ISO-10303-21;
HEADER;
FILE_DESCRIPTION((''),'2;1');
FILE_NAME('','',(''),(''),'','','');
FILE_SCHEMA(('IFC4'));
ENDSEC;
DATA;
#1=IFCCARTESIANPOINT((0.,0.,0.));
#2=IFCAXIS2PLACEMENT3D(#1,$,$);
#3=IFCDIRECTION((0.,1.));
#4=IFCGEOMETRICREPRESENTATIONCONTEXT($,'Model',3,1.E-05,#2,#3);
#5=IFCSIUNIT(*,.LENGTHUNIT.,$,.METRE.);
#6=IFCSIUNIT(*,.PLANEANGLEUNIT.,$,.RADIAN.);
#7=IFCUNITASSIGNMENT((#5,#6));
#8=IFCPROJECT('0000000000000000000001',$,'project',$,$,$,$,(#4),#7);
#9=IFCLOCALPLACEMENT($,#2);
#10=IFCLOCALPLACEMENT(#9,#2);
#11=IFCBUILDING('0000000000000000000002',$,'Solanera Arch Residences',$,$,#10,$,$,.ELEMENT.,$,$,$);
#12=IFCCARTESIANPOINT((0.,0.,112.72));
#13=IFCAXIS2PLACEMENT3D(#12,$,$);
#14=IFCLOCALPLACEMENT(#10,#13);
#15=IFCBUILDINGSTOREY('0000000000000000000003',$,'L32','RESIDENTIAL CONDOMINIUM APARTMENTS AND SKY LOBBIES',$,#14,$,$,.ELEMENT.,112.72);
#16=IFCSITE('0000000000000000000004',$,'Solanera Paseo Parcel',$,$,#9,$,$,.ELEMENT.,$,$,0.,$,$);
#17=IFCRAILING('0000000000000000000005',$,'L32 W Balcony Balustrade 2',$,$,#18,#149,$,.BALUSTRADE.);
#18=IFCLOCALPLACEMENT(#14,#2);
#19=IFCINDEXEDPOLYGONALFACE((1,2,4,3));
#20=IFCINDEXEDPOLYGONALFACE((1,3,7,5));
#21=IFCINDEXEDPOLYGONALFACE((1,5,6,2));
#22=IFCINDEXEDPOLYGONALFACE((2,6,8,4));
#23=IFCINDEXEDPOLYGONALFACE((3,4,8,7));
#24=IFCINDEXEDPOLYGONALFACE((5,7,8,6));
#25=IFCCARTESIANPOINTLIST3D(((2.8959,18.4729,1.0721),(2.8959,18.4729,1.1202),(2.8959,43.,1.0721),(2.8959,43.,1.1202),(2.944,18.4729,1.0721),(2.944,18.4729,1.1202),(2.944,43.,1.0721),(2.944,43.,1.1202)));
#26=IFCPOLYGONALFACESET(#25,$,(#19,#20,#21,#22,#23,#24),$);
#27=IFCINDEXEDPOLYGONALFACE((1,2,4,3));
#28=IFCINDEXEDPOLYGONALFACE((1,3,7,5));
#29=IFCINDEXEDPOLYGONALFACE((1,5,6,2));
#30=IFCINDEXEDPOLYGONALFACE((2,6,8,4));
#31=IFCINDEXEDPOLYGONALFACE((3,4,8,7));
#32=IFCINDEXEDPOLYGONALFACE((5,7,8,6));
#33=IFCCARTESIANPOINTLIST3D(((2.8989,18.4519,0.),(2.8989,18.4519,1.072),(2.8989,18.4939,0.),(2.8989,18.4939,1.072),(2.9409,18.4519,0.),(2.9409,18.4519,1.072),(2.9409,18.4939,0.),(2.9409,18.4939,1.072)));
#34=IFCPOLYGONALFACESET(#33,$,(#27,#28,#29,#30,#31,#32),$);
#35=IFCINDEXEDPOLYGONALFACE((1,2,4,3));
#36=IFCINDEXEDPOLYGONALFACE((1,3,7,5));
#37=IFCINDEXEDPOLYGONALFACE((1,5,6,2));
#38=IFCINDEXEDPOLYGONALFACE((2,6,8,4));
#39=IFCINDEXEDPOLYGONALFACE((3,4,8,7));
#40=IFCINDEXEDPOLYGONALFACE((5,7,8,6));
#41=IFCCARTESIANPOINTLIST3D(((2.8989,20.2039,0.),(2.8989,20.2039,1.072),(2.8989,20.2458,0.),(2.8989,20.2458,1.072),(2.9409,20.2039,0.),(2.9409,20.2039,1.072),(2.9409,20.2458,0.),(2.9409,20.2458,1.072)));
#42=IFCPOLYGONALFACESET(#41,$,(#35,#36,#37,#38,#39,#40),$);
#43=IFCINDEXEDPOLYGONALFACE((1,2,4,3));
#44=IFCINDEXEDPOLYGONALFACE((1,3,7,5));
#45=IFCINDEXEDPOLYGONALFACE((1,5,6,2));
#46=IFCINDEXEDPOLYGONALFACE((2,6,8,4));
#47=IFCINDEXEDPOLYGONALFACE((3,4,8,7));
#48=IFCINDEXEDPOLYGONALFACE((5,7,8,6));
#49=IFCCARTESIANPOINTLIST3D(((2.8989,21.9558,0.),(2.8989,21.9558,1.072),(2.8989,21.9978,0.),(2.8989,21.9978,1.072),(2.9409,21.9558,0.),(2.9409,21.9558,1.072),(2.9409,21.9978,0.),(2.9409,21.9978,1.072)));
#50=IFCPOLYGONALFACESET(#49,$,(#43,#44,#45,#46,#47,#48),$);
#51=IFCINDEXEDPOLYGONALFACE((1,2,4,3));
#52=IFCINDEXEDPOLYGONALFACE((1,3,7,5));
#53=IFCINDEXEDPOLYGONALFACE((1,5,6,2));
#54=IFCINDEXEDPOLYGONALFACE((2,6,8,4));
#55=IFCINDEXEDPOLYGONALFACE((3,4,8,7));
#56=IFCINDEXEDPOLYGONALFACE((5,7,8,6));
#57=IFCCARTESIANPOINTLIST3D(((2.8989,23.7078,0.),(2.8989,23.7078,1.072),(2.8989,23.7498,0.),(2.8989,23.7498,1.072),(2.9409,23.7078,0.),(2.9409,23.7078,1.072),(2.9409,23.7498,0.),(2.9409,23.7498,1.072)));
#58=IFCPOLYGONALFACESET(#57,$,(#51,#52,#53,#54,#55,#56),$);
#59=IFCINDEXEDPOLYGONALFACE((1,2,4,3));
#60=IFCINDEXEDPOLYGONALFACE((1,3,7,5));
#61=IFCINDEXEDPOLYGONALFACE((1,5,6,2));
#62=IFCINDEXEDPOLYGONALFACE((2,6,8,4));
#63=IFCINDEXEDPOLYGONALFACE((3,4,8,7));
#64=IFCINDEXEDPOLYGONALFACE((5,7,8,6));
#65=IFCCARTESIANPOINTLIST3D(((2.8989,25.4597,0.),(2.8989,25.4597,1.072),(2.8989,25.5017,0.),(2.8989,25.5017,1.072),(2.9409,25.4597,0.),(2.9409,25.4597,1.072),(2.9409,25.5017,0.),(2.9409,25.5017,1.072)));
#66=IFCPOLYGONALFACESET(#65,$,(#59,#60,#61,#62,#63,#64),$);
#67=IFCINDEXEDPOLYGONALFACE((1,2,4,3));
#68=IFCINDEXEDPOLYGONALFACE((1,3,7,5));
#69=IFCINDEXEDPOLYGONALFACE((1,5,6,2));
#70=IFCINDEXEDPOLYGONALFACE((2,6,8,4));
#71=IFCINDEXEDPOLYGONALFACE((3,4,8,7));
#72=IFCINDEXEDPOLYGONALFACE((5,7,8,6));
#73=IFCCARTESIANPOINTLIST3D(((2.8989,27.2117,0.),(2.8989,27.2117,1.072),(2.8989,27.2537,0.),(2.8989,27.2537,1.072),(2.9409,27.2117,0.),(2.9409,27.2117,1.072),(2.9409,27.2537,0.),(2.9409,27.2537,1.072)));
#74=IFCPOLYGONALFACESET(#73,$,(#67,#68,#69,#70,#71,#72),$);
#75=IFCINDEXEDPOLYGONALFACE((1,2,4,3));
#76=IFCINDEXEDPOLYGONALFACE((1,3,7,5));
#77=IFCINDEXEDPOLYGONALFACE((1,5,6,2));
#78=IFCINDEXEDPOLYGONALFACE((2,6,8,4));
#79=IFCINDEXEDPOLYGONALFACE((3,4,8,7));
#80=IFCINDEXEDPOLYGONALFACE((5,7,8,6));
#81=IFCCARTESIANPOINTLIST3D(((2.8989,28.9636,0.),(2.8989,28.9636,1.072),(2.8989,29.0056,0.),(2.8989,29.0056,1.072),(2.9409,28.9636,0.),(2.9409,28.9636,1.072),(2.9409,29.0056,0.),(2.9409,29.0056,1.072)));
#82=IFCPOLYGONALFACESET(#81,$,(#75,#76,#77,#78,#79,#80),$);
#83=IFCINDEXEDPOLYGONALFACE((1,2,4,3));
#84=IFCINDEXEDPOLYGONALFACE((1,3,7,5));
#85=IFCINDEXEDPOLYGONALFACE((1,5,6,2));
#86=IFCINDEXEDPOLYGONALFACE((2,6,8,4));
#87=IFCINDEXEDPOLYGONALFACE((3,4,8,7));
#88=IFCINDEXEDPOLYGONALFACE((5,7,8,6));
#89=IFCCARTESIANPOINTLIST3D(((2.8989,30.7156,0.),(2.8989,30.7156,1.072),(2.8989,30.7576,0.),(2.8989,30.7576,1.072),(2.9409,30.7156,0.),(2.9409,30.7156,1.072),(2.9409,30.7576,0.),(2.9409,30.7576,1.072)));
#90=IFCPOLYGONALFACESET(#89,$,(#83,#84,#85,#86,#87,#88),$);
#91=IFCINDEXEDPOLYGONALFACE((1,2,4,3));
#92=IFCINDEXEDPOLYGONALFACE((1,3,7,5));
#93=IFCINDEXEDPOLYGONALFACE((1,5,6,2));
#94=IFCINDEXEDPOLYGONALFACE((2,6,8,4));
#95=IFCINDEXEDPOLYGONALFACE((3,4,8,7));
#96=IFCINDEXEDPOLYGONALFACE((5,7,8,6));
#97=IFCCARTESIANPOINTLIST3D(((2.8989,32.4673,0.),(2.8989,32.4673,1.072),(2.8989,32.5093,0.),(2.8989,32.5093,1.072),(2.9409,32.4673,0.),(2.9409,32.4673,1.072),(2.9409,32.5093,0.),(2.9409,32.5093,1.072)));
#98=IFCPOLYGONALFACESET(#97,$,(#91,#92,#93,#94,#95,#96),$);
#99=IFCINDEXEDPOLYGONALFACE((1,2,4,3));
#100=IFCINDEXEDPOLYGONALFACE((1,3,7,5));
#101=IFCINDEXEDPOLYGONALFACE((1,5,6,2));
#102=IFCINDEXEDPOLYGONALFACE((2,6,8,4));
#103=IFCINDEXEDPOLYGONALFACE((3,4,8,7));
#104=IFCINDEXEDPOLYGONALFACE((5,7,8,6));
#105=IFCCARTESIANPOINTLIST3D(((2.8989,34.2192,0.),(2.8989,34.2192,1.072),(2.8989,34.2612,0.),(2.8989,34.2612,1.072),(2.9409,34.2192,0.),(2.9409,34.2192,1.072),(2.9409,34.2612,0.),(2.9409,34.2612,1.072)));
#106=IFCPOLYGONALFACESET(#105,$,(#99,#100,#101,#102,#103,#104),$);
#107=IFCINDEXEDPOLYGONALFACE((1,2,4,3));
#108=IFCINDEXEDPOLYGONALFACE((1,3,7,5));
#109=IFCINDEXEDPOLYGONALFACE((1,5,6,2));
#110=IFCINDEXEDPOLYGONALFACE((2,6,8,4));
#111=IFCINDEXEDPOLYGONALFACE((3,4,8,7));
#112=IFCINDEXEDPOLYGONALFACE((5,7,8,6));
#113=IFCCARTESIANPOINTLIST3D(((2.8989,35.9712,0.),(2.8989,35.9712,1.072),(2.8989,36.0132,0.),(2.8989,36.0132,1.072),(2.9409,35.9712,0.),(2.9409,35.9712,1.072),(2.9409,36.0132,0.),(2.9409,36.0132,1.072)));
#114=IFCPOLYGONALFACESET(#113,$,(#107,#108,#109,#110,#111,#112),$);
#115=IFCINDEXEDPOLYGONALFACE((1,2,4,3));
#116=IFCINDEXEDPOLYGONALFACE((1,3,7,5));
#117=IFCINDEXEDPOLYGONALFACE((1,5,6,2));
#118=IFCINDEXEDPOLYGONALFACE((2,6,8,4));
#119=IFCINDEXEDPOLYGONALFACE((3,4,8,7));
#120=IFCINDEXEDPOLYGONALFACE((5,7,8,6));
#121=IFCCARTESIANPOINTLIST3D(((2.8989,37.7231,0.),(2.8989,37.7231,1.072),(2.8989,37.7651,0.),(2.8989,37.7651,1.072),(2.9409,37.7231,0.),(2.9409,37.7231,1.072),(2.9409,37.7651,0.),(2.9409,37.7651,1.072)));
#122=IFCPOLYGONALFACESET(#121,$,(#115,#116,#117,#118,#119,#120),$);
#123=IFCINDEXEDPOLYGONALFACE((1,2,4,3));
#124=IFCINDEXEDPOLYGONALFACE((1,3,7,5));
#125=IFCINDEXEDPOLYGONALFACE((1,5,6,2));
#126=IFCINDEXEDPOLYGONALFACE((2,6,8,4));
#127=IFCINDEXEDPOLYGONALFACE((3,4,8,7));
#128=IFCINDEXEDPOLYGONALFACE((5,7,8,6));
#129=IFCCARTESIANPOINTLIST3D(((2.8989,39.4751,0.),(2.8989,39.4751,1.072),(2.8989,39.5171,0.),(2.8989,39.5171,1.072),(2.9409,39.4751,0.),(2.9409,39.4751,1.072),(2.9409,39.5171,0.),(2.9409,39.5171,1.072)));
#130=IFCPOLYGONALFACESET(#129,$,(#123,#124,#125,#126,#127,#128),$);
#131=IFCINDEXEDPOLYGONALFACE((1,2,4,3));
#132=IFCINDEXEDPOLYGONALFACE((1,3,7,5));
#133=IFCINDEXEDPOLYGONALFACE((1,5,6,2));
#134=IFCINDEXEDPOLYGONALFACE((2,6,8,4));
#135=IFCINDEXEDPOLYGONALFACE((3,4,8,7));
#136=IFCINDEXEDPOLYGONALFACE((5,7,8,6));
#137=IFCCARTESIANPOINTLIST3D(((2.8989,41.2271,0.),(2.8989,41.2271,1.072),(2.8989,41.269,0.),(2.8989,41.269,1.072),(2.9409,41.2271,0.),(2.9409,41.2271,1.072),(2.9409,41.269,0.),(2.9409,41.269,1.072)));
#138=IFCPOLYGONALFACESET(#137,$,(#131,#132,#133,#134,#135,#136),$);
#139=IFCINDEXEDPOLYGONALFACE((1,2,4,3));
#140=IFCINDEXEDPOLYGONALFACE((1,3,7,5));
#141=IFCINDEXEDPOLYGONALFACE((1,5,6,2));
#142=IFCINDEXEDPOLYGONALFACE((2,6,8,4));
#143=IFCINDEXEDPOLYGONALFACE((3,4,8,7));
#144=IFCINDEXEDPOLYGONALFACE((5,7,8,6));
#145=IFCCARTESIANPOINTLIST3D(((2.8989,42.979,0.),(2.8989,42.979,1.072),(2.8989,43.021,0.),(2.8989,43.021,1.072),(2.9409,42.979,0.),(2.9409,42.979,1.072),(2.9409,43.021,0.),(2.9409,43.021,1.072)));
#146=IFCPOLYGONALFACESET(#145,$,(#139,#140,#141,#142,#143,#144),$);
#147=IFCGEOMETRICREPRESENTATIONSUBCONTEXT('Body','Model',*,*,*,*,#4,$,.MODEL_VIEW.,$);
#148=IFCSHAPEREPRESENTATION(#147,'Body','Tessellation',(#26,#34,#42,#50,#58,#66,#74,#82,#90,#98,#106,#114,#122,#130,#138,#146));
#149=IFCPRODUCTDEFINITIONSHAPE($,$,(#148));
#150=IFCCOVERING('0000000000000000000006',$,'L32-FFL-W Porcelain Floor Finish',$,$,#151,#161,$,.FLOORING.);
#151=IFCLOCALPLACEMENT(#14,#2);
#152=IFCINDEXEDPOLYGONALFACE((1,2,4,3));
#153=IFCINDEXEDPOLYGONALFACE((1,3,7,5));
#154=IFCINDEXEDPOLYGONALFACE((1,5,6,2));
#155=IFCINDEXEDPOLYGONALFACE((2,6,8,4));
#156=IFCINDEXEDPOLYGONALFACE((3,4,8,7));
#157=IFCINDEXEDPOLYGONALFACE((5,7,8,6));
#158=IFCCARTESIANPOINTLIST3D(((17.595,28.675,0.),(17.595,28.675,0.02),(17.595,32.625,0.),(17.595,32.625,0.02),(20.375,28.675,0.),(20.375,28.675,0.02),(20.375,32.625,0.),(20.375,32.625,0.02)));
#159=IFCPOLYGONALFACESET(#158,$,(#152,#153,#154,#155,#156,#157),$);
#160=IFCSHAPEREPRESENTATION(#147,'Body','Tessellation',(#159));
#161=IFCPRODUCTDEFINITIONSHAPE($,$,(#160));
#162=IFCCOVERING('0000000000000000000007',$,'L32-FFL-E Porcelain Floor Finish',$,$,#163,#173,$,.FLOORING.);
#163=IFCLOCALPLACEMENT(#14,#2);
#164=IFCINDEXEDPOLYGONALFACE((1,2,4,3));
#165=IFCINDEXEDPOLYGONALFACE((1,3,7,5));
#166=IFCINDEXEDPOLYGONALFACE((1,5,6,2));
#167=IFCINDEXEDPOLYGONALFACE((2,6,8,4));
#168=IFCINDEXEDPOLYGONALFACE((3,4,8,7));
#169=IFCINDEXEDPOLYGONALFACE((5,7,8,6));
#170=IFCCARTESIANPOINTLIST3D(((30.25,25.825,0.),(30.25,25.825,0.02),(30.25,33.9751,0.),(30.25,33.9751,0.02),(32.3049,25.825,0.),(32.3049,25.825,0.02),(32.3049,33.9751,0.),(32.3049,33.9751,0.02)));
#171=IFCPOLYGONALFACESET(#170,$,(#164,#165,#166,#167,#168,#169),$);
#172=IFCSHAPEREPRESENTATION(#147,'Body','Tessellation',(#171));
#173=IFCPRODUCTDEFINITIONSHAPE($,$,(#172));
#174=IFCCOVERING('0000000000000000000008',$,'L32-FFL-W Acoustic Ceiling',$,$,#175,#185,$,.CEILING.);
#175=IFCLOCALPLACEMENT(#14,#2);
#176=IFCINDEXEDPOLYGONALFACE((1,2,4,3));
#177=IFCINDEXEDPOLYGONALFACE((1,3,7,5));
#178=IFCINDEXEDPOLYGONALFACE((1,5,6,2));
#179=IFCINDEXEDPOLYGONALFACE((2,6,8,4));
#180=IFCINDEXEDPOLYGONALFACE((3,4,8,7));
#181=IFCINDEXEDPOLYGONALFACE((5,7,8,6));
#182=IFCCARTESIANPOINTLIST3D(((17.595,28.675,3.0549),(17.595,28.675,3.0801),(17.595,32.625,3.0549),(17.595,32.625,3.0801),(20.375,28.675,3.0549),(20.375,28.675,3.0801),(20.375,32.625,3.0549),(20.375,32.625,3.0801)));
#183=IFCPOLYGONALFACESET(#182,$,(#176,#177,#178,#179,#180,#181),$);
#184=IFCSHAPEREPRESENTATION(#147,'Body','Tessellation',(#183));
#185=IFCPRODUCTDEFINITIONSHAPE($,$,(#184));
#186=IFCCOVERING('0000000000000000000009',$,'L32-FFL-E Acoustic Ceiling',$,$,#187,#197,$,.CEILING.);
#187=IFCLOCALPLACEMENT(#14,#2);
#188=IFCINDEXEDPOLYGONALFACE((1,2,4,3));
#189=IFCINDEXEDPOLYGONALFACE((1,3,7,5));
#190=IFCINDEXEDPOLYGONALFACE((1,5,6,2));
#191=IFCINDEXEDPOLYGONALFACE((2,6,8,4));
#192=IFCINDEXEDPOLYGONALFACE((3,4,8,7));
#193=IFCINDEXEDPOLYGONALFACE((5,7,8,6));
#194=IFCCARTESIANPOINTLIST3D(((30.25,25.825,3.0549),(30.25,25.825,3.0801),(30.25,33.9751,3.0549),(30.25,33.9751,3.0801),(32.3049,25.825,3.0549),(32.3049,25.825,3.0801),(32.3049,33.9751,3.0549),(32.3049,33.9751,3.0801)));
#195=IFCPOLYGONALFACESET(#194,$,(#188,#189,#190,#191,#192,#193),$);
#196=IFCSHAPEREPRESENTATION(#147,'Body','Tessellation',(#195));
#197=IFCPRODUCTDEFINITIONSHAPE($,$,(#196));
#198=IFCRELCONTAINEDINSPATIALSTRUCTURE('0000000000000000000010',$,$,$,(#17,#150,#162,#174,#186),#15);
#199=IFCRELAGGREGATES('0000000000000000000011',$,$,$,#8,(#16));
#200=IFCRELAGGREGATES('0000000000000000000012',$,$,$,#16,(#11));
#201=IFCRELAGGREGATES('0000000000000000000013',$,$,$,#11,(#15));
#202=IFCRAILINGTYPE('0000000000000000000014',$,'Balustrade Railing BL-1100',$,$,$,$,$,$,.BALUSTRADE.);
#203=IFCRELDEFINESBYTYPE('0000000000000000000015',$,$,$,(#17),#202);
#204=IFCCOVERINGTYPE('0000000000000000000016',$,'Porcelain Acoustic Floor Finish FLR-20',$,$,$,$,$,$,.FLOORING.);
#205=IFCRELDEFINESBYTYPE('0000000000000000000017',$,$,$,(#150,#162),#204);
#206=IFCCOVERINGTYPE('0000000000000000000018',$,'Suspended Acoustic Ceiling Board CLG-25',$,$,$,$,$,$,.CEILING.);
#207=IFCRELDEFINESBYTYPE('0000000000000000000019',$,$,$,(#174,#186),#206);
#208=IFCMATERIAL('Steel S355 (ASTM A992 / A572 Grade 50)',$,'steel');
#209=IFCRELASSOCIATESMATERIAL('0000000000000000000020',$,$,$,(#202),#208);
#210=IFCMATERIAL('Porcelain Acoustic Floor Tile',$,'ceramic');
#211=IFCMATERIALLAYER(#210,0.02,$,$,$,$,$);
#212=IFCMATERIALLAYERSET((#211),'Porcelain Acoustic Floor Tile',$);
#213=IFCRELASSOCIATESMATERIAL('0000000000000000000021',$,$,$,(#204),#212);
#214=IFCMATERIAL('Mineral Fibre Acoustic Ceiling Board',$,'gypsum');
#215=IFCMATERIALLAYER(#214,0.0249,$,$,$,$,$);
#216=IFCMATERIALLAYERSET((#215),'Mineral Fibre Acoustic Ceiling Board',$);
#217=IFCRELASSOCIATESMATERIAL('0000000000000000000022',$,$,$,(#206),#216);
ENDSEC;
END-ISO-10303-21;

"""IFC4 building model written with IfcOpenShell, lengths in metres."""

from ifc_helpers import new_model, si_unit, direction, frame, origin, origin_2d, place, context, subcontext, project, spatial, polyline, rectangle, outline, extrude, material, layer, layer_set, type_object, element, save


model = new_model("IFC4")

# Units and contexts
model_context = context("Model", 3, precision=1e-05, world=origin(), true_north=direction((0.0, 1.0)))
body_context = subcontext(model_context, "Body", "Model", "MODEL_VIEW")
ifc_project = project(units=[si_unit("LENGTHUNIT", "METRE"), si_unit("PLANEANGLEUNIT", "RADIAN")], contexts=[model_context])

# Site, building, storey
site_placement = place(None, origin())
site = spatial("IfcSite", under=ifc_project, at=site_placement, Name="Solanera Paseo Parcel", CompositionType="ELEMENT", RefElevation=0.0)
building_placement = place(site_placement, origin())
building = spatial("IfcBuilding", under=site, at=building_placement, Name="Solanera Arch Residences", CompositionType="ELEMENT")
storey_placement = place(building_placement, frame((0.0, 0.0, 112.72)))
storey = spatial("IfcBuildingStorey", under=building, at=storey_placement, Name="L32", Description="RESIDENTIAL CONDOMINIUM APARTMENTS AND SKY LOBBIES", CompositionType="ELEMENT", Elevation=112.72)

# Railing
ifc_material_1 = material(Name="Steel S355 (ASTM A992 / A572 Grade 50)", Category="steel")
railing_type = type_object("IfcRailingType", Name="Balustrade Railing BL-1100", PredefinedType="BALUSTRADE", material=ifc_material_1)
railing_placement = place(storey_placement, frame((2.9199, 18.4729, 0.0)))
element("IfcRailing", 1, at=railing_placement, inside=storey, type_object=railing_type, Name="L32 W Balcony Balustrade 2", PredefinedType="BALUSTRADE", context=body_context, shape_type="SweptSolid", body=[
    extrude(rectangle(XDim=0.0481, YDim=0.0481, at=origin_2d()), frame((0.0, 0.0, 1.0962), z_axis=(0.0, 1.0, 0.0), x_axis=(-1.0, 0.0, 0.0)), (0.0, 0.0, 1.0), 24.5271),
    extrude(rectangle(XDim=0.042, YDim=0.042, at=origin_2d()), origin(), (0.0, 0.0, 1.0), 1.072),
    extrude(rectangle(XDim=0.042, YDim=0.042, at=origin_2d()), frame((0.0, 1.752, 0.0)), (0.0, 0.0, 1.0), 1.072),
    extrude(rectangle(XDim=0.042, YDim=0.042, at=origin_2d()), frame((0.0, 3.5039, 0.0)), (0.0, 0.0, 1.0), 1.072),
    extrude(rectangle(XDim=0.042, YDim=0.042, at=origin_2d()), frame((0.0, 5.2559, 0.0)), (0.0, 0.0, 1.0), 1.072),
    extrude(rectangle(XDim=0.042, YDim=0.042, at=origin_2d()), frame((0.0, 7.0078, 0.0)), (0.0, 0.0, 1.0), 1.072),
    extrude(rectangle(XDim=0.042, YDim=0.042, at=origin_2d()), frame((0.0, 8.7598, 0.0)), (0.0, 0.0, 1.0), 1.072),
    extrude(rectangle(XDim=0.042, YDim=0.042, at=origin_2d()), frame((0.0, 10.5117, 0.0)), (0.0, 0.0, 1.0), 1.072),
    extrude(rectangle(XDim=0.042, YDim=0.042, at=origin_2d()), frame((0.0, 12.2637, 0.0)), (0.0, 0.0, 1.0), 1.072),
    extrude(rectangle(XDim=0.042, YDim=0.042, at=origin_2d()), frame((0.0, 14.0154, 0.0)), (0.0, 0.0, 1.0), 1.072),
    extrude(rectangle(XDim=0.042, YDim=0.042, at=origin_2d()), frame((0.0, 15.7673, 0.0)), (0.0, 0.0, 1.0), 1.072),
    extrude(rectangle(XDim=0.042, YDim=0.042, at=origin_2d()), frame((0.0, 17.5193, 0.0)), (0.0, 0.0, 1.0), 1.072),
    extrude(rectangle(XDim=0.042, YDim=0.042, at=origin_2d()), frame((0.0, 19.2712, 0.0)), (0.0, 0.0, 1.0), 1.072),
    extrude(rectangle(XDim=0.042, YDim=0.042, at=origin_2d()), frame((0.0, 21.0232, 0.0)), (0.0, 0.0, 1.0), 1.072),
    extrude(rectangle(XDim=0.042, YDim=0.042, at=origin_2d()), frame((0.0, 22.7751, 0.0)), (0.0, 0.0, 1.0), 1.072),
    extrude(rectangle(XDim=0.042, YDim=0.042, at=origin_2d()), frame((0.0, 24.5271, 0.0)), (0.0, 0.0, 1.0), 1.072),
])

# Coverings
ifc_material_2 = material(Name="Porcelain Acoustic Floor Tile", Category="ceramic")
ifc_layer_1 = layer(ifc_material_2, 0.02)
ifc_layer_set_1 = layer_set([ifc_layer_1], Name="Porcelain Acoustic Floor Tile")
covering_type_1 = type_object("IfcCoveringType", Name="Porcelain Acoustic Floor Finish FLR-20", PredefinedType="FLOORING", material=ifc_layer_set_1)
covering_1_placement = place(storey_placement, origin())
element("IfcCovering", 2, at=covering_1_placement, inside=storey, type_object=covering_type_1, Name="L32-FFL-W Porcelain Floor Finish", PredefinedType="FLOORING", context=body_context, shape_type="SweptSolid", body=[
    extrude(outline(polyline([(20.375, 28.675), (17.595, 28.675), (17.595, 32.625), (20.375, 32.625), (20.375, 28.675)])), origin(), (0.0, 0.0, 1.0), 0.02),
])
covering_2_placement = place(storey_placement, origin())
element("IfcCovering", 3, at=covering_2_placement, inside=storey, type_object=covering_type_1, Name="L32-FFL-E Porcelain Floor Finish", PredefinedType="FLOORING", context=body_context, shape_type="SweptSolid", body=[
    extrude(outline(polyline([(32.3049, 25.825), (30.25, 25.825), (30.25, 33.9751), (32.3049, 33.9751), (32.3049, 25.825)])), origin(), (0.0, 0.0, 1.0), 0.02),
])
ifc_material_3 = material(Name="Mineral Fibre Acoustic Ceiling Board", Category="gypsum")
ifc_layer_2 = layer(ifc_material_3, 0.0249)
ifc_layer_set_2 = layer_set([ifc_layer_2], Name="Mineral Fibre Acoustic Ceiling Board")
covering_type_2 = type_object("IfcCoveringType", Name="Suspended Acoustic Ceiling Board CLG-25", PredefinedType="CEILING", material=ifc_layer_set_2)
covering_3_placement = place(storey_placement, frame((0.0, 0.0, 3.0549)))
element("IfcCovering", 4, at=covering_3_placement, inside=storey, type_object=covering_type_2, Name="L32-FFL-W Acoustic Ceiling", PredefinedType="CEILING", context=body_context, shape_type="SweptSolid", body=[
    extrude(outline(polyline([(20.375, 28.675), (17.595, 28.675), (17.595, 32.625), (20.375, 32.625), (20.375, 28.675)])), origin(), (0.0, 0.0, 1.0), 0.0251),
])
covering_4_placement = place(storey_placement, frame((0.0, 0.0, 3.0549)))
element("IfcCovering", 5, at=covering_4_placement, inside=storey, type_object=covering_type_2, Name="L32-FFL-E Acoustic Ceiling", PredefinedType="CEILING", context=body_context, shape_type="SweptSolid", body=[
    extrude(outline(polyline([(32.3049, 25.825), (30.25, 25.825), (30.25, 33.9751), (32.3049, 33.9751), (32.3049, 25.825)])), origin(), (0.0, 0.0, 1.0), 0.0251),
])

save(model, "model.ifc")
